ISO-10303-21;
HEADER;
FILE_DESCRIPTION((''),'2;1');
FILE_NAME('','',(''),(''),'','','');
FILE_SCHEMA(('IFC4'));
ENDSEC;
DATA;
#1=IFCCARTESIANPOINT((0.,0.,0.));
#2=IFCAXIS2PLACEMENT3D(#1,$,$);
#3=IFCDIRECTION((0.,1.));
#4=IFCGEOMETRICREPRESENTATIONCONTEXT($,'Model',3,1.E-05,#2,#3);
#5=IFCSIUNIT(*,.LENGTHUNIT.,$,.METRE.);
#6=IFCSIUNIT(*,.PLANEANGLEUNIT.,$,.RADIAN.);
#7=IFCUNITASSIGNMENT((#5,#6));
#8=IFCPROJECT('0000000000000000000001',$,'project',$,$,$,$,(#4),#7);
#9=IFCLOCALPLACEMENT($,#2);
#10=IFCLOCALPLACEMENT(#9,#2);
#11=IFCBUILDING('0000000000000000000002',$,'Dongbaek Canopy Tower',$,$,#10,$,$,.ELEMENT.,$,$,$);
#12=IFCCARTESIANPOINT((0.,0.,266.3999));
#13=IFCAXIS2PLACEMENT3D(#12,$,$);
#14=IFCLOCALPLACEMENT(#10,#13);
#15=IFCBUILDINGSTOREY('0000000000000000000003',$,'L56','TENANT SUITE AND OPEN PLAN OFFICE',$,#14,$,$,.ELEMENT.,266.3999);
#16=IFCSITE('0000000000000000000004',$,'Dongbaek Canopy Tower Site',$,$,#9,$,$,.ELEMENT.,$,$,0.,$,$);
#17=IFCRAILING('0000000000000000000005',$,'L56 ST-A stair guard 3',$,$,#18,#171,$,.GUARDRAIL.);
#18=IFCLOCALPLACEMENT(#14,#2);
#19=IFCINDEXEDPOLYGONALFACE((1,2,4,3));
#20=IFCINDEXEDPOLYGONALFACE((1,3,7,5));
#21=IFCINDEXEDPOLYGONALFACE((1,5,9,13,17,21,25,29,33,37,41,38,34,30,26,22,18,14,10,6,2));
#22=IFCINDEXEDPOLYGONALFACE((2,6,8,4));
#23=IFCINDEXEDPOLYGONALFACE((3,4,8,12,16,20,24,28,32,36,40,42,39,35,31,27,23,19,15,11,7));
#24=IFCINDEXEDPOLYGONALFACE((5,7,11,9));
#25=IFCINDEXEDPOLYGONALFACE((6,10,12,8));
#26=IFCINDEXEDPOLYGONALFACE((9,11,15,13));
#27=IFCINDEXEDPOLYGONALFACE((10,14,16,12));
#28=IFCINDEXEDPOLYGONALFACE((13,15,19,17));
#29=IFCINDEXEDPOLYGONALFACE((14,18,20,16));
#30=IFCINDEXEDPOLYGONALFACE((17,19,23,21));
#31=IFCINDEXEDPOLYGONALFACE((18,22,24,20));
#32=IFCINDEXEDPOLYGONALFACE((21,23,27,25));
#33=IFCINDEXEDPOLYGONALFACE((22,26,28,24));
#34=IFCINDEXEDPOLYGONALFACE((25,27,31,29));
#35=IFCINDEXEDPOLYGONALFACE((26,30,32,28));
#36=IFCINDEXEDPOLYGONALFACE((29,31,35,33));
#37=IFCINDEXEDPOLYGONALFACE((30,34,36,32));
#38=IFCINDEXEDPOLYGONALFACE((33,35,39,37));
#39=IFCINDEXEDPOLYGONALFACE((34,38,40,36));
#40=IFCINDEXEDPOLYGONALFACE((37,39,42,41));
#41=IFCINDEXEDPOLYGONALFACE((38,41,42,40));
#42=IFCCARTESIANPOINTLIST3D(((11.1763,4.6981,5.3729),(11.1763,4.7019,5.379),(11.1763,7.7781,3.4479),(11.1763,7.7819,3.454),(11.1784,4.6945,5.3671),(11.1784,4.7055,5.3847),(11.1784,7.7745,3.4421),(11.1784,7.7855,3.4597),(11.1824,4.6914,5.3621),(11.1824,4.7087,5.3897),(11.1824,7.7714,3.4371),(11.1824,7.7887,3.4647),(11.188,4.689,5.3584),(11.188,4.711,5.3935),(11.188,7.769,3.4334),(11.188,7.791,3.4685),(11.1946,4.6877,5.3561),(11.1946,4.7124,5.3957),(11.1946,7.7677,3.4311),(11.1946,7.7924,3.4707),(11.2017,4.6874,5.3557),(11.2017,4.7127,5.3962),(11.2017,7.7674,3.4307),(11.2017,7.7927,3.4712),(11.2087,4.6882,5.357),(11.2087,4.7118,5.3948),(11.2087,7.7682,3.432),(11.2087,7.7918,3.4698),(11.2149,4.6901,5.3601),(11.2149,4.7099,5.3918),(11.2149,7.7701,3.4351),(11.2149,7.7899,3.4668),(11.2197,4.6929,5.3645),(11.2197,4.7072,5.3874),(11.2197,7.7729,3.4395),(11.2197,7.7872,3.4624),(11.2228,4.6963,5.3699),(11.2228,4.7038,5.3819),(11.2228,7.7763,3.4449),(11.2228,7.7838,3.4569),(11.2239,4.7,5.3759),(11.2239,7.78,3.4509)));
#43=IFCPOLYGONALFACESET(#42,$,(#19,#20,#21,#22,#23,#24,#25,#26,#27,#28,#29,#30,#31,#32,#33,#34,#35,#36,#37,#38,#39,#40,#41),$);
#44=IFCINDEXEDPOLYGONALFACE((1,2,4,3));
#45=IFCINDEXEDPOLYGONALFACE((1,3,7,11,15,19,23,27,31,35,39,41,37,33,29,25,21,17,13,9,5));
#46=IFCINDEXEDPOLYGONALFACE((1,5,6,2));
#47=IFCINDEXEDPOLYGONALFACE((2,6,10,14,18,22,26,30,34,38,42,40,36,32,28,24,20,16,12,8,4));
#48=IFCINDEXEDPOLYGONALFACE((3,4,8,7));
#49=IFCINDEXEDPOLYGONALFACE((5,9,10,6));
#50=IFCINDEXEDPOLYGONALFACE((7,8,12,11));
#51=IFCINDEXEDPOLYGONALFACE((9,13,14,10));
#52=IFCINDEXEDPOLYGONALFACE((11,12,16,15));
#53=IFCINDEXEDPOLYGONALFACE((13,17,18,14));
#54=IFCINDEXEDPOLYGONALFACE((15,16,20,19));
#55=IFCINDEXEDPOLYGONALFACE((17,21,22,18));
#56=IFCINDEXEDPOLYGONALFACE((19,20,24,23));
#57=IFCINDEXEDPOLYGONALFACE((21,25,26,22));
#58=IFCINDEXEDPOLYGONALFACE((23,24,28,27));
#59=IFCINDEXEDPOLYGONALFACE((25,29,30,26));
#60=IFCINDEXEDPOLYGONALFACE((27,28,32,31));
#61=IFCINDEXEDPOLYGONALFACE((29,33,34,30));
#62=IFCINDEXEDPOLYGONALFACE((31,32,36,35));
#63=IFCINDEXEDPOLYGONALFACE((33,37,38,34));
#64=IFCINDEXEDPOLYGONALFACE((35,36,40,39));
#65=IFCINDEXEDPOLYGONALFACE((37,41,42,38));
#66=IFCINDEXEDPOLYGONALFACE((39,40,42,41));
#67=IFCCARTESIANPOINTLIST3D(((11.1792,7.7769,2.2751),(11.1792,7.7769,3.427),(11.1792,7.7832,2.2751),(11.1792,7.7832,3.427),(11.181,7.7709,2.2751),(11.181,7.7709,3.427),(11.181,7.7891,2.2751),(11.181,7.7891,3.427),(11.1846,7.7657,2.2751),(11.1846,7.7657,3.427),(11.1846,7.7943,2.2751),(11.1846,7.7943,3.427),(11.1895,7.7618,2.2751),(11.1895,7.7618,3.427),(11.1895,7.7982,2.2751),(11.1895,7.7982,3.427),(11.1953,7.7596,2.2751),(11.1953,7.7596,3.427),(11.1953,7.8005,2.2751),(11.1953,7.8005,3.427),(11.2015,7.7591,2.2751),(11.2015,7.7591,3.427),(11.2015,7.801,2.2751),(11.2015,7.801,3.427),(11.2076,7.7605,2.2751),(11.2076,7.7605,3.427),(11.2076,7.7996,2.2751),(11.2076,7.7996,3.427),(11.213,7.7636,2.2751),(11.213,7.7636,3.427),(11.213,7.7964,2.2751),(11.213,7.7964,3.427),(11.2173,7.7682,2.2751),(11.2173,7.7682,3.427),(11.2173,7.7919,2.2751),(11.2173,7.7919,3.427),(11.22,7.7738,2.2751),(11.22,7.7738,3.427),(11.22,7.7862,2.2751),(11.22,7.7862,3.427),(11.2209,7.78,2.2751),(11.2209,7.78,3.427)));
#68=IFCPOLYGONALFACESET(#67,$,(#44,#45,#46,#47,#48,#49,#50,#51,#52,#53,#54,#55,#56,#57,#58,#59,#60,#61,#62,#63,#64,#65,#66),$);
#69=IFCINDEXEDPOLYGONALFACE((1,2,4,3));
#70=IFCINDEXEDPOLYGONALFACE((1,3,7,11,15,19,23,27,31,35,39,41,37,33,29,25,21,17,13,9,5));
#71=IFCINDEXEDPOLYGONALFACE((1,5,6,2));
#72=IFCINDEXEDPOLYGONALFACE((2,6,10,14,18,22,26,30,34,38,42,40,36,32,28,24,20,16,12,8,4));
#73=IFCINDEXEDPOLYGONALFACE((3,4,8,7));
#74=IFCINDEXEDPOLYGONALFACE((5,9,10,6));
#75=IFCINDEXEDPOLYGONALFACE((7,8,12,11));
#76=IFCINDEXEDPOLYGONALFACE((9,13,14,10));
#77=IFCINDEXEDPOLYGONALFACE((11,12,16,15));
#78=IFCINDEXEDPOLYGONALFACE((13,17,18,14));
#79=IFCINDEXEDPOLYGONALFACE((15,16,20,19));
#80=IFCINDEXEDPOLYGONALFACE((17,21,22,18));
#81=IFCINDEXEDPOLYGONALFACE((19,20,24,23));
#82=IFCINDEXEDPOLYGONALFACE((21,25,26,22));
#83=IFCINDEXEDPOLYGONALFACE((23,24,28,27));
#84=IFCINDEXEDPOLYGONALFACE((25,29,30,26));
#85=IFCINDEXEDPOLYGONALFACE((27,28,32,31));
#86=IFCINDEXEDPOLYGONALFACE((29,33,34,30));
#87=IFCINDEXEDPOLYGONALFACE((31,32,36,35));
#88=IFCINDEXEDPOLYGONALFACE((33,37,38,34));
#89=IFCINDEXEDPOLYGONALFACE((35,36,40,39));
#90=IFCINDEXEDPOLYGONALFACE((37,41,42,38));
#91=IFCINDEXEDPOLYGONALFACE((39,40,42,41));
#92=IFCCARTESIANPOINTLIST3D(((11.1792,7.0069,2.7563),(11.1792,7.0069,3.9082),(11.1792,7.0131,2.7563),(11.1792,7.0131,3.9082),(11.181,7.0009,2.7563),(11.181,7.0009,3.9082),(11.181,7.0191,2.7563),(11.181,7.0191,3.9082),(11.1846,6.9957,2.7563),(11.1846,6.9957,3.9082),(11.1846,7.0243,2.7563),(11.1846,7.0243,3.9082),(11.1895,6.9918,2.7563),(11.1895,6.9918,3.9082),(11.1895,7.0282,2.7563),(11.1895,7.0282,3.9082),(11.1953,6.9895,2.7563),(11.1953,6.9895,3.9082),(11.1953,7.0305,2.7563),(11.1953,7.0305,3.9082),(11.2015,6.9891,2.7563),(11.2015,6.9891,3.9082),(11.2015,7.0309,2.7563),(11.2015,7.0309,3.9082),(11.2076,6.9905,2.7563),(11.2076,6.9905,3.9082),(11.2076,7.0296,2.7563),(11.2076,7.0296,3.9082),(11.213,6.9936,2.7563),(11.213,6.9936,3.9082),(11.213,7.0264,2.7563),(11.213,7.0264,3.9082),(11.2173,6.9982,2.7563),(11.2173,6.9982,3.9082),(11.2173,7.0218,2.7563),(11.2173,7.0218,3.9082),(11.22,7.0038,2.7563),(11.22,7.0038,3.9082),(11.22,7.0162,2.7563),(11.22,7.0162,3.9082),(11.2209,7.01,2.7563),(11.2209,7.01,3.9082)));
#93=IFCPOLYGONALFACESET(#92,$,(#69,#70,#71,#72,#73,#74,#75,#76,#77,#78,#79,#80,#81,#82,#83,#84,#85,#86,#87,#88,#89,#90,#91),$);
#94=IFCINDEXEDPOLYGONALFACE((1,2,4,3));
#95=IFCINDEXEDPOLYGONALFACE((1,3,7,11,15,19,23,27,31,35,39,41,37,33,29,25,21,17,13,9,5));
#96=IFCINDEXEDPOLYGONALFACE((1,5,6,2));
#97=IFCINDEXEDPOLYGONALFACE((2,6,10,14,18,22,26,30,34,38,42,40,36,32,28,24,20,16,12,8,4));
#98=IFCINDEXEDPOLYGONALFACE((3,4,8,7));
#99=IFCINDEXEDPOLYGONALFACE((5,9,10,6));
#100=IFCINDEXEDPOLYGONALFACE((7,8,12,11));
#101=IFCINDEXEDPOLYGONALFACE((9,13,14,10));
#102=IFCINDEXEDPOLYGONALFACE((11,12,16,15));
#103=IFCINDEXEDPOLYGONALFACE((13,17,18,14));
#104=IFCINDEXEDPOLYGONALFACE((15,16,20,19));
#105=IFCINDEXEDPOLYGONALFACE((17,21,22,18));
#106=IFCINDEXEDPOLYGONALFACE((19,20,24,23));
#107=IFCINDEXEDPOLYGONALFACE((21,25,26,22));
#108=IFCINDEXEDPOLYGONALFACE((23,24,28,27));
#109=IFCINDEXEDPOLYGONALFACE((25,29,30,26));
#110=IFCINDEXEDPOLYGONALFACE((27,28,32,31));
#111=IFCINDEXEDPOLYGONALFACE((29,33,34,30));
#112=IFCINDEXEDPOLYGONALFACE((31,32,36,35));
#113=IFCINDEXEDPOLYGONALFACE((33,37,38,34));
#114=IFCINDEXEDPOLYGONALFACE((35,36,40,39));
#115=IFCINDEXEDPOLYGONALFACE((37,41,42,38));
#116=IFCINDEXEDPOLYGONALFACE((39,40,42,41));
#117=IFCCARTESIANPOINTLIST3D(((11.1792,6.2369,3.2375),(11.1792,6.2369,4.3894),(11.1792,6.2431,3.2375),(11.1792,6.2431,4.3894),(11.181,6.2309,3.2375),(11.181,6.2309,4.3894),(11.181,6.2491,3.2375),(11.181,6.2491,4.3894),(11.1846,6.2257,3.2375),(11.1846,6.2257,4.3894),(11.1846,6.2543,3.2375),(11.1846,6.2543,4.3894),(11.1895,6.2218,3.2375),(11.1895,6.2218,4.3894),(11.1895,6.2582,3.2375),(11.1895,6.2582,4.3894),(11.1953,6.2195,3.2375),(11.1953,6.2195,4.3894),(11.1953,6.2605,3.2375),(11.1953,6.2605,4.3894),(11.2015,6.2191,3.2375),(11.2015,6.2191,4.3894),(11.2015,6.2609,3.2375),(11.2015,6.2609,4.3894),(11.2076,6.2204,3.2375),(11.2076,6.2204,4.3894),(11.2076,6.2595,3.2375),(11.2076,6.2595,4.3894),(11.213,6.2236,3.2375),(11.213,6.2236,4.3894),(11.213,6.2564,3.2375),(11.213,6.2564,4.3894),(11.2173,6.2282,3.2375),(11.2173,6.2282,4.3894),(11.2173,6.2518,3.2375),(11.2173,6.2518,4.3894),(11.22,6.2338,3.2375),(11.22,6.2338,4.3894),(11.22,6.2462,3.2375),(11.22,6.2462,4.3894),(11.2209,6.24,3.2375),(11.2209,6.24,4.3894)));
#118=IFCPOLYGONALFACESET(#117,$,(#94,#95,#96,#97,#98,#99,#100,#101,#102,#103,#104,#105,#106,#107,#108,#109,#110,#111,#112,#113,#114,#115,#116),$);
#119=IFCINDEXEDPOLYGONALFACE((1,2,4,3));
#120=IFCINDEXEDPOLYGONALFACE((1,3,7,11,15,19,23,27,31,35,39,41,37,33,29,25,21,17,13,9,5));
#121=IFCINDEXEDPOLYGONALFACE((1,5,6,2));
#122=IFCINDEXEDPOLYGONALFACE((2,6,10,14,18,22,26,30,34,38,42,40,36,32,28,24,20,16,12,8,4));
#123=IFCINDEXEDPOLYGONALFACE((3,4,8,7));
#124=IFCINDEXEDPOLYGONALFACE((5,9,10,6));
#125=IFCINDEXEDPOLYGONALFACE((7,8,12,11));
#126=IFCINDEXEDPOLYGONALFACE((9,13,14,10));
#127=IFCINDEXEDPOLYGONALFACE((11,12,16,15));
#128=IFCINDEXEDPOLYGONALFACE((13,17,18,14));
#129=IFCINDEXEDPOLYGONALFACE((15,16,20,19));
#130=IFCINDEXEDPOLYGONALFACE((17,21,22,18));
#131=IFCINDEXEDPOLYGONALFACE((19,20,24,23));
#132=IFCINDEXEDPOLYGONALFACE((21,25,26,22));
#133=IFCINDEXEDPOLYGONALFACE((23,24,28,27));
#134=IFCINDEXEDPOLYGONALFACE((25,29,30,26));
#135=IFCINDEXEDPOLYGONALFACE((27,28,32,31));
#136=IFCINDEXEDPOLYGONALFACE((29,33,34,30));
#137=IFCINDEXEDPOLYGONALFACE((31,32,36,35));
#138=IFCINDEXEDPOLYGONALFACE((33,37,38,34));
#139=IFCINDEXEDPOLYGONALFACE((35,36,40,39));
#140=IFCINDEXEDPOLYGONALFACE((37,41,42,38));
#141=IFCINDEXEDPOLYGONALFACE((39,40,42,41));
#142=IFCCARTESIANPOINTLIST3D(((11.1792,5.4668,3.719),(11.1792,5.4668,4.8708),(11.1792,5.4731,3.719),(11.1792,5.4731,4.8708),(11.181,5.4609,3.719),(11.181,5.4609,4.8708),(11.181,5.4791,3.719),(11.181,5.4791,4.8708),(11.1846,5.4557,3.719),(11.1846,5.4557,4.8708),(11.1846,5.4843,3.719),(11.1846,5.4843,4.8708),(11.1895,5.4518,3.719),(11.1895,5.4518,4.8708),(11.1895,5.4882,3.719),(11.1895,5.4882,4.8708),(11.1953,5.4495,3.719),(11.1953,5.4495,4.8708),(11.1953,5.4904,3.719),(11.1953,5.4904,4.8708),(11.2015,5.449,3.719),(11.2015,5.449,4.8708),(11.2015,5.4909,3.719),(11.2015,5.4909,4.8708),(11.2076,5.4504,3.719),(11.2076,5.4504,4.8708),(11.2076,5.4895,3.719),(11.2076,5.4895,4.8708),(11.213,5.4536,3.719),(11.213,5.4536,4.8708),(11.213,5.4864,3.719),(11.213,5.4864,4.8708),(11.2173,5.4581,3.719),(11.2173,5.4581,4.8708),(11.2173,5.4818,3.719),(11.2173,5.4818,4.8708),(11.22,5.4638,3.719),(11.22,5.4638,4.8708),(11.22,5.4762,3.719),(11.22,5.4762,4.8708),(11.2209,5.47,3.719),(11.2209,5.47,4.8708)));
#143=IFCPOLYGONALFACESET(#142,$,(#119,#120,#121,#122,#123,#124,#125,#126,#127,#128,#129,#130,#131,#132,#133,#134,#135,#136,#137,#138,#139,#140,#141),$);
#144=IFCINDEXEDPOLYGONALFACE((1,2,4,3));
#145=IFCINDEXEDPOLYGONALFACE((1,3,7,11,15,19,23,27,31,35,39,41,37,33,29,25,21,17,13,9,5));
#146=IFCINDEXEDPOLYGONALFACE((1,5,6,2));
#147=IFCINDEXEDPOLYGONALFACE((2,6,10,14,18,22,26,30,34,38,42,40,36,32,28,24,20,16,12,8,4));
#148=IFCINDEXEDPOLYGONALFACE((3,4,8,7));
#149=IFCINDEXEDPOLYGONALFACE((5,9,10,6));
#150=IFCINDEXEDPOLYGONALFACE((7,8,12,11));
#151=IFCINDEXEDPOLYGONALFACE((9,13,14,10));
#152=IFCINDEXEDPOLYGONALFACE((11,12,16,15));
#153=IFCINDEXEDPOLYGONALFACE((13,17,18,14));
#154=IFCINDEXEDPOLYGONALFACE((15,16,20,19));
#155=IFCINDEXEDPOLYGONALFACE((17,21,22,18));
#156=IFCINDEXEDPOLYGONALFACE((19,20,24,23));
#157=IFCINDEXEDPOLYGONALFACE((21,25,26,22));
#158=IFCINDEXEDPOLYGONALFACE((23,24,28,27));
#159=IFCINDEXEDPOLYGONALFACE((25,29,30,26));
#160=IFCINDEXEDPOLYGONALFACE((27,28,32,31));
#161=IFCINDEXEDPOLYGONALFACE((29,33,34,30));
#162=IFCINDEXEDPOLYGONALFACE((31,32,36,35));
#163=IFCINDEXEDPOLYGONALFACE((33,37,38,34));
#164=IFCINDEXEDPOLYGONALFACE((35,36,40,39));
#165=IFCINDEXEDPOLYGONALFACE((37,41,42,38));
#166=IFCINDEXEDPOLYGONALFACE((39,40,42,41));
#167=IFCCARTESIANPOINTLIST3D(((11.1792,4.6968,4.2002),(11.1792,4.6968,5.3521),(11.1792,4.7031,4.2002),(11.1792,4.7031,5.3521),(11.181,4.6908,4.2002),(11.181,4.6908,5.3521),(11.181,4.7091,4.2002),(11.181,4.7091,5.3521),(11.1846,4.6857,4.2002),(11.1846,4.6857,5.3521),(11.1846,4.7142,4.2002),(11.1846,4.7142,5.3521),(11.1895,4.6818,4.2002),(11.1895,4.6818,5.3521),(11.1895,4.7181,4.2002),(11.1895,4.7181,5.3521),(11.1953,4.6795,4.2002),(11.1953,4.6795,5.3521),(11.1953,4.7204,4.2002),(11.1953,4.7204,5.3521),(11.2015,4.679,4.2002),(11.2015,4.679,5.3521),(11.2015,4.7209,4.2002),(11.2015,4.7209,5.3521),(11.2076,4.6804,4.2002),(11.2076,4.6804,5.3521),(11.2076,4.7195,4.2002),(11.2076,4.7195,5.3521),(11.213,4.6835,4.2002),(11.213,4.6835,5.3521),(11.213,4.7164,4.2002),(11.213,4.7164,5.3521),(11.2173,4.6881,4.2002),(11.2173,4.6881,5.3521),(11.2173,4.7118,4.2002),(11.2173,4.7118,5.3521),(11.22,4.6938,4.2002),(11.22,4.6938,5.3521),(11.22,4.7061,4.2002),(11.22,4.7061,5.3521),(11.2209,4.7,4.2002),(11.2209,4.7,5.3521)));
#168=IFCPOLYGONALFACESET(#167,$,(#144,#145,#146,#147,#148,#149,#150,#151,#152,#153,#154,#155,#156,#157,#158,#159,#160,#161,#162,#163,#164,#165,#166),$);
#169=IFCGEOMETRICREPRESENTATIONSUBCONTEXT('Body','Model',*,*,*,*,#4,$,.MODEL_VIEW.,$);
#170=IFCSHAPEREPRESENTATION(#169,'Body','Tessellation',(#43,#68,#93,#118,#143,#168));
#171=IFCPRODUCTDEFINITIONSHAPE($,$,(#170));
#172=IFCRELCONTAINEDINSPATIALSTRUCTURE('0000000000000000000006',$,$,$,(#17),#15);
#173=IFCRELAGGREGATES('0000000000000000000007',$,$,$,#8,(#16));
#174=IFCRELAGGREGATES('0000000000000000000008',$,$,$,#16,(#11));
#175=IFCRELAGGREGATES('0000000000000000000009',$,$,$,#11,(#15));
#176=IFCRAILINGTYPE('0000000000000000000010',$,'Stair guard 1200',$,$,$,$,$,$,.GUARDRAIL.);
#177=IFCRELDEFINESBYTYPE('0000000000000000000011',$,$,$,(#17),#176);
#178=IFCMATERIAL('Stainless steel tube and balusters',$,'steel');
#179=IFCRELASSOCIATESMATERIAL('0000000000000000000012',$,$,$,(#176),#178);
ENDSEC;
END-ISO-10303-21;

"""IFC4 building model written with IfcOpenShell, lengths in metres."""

from ifc_helpers import new_model, si_unit, direction, frame, origin, origin_2d, place, context, subcontext, project, spatial, circle, extrude, material, type_object, element, save


model = new_model("IFC4")

# Units and contexts
model_context = context("Model", 3, precision=1e-05, world=origin(), true_north=direction((0.0, 1.0)))
body_context = subcontext(model_context, "Body", "Model", "MODEL_VIEW")
ifc_project = project(units=[si_unit("LENGTHUNIT", "METRE"), si_unit("PLANEANGLEUNIT", "RADIAN")], contexts=[model_context])

# Site, building, storey
site_placement = place(None, origin())
site = spatial("IfcSite", under=ifc_project, at=site_placement, Name="Dongbaek Canopy Tower Site", CompositionType="ELEMENT", RefElevation=0.0)
building_placement = place(site_placement, origin())
building = spatial("IfcBuilding", under=site, at=building_placement, Name="Dongbaek Canopy Tower", CompositionType="ELEMENT")
storey_placement = place(building_placement, frame((0.0, 0.0, 266.3999)))
storey = spatial("IfcBuildingStorey", under=building, at=storey_placement, Name="L56", Description="TENANT SUITE AND OPEN PLAN OFFICE", CompositionType="ELEMENT", Elevation=266.3999)

# Railing
ifc_material_1 = material(Name="Stainless steel tube and balusters", Category="steel")
railing_type_1 = type_object("IfcRailingType", Name="Stair guard 1200", PredefinedType="GUARDRAIL", material=ifc_material_1)
railing_1_placement = place(storey_placement, frame((11.2, 7.78, 2.2751)))
element("IfcRailing", 1, at=railing_1_placement, inside=storey, type_object=railing_type_1, Name="L56 ST-A stair guard 3", PredefinedType="GUARDRAIL", context=body_context, shape_type="SweptSolid", body=[
    extrude(circle(Radius=0.0239, at=origin_2d()), frame((0.0, 0.0, 1.1758), z_axis=(0.0, -0.847998, 0.529999), x_axis=(1.0, 0.0, 0.0)), (0.0, 0.0, 1.0), 3.6321),
    extrude(circle(Radius=0.021, at=origin_2d()), origin(), (0.0, 0.0, 1.0), 1.1519),
    extrude(circle(Radius=0.021, at=origin_2d()), frame((0.0, -0.77, 0.4812)), (0.0, 0.0, 1.0), 1.1519),
    extrude(circle(Radius=0.021, at=origin_2d()), frame((0.0, -1.54, 0.9624)), (0.0, 0.0, 1.0), 1.1519),
    extrude(circle(Radius=0.021, at=origin_2d()), frame((0.0, -2.3101, 1.4438)), (0.0, 0.0, 1.0), 1.1519),
    extrude(circle(Radius=0.021, at=origin_2d()), frame((0.0, -3.0801, 1.925)), (0.0, 0.0, 1.0), 1.1519),
])

save(model, "model.ifc")
